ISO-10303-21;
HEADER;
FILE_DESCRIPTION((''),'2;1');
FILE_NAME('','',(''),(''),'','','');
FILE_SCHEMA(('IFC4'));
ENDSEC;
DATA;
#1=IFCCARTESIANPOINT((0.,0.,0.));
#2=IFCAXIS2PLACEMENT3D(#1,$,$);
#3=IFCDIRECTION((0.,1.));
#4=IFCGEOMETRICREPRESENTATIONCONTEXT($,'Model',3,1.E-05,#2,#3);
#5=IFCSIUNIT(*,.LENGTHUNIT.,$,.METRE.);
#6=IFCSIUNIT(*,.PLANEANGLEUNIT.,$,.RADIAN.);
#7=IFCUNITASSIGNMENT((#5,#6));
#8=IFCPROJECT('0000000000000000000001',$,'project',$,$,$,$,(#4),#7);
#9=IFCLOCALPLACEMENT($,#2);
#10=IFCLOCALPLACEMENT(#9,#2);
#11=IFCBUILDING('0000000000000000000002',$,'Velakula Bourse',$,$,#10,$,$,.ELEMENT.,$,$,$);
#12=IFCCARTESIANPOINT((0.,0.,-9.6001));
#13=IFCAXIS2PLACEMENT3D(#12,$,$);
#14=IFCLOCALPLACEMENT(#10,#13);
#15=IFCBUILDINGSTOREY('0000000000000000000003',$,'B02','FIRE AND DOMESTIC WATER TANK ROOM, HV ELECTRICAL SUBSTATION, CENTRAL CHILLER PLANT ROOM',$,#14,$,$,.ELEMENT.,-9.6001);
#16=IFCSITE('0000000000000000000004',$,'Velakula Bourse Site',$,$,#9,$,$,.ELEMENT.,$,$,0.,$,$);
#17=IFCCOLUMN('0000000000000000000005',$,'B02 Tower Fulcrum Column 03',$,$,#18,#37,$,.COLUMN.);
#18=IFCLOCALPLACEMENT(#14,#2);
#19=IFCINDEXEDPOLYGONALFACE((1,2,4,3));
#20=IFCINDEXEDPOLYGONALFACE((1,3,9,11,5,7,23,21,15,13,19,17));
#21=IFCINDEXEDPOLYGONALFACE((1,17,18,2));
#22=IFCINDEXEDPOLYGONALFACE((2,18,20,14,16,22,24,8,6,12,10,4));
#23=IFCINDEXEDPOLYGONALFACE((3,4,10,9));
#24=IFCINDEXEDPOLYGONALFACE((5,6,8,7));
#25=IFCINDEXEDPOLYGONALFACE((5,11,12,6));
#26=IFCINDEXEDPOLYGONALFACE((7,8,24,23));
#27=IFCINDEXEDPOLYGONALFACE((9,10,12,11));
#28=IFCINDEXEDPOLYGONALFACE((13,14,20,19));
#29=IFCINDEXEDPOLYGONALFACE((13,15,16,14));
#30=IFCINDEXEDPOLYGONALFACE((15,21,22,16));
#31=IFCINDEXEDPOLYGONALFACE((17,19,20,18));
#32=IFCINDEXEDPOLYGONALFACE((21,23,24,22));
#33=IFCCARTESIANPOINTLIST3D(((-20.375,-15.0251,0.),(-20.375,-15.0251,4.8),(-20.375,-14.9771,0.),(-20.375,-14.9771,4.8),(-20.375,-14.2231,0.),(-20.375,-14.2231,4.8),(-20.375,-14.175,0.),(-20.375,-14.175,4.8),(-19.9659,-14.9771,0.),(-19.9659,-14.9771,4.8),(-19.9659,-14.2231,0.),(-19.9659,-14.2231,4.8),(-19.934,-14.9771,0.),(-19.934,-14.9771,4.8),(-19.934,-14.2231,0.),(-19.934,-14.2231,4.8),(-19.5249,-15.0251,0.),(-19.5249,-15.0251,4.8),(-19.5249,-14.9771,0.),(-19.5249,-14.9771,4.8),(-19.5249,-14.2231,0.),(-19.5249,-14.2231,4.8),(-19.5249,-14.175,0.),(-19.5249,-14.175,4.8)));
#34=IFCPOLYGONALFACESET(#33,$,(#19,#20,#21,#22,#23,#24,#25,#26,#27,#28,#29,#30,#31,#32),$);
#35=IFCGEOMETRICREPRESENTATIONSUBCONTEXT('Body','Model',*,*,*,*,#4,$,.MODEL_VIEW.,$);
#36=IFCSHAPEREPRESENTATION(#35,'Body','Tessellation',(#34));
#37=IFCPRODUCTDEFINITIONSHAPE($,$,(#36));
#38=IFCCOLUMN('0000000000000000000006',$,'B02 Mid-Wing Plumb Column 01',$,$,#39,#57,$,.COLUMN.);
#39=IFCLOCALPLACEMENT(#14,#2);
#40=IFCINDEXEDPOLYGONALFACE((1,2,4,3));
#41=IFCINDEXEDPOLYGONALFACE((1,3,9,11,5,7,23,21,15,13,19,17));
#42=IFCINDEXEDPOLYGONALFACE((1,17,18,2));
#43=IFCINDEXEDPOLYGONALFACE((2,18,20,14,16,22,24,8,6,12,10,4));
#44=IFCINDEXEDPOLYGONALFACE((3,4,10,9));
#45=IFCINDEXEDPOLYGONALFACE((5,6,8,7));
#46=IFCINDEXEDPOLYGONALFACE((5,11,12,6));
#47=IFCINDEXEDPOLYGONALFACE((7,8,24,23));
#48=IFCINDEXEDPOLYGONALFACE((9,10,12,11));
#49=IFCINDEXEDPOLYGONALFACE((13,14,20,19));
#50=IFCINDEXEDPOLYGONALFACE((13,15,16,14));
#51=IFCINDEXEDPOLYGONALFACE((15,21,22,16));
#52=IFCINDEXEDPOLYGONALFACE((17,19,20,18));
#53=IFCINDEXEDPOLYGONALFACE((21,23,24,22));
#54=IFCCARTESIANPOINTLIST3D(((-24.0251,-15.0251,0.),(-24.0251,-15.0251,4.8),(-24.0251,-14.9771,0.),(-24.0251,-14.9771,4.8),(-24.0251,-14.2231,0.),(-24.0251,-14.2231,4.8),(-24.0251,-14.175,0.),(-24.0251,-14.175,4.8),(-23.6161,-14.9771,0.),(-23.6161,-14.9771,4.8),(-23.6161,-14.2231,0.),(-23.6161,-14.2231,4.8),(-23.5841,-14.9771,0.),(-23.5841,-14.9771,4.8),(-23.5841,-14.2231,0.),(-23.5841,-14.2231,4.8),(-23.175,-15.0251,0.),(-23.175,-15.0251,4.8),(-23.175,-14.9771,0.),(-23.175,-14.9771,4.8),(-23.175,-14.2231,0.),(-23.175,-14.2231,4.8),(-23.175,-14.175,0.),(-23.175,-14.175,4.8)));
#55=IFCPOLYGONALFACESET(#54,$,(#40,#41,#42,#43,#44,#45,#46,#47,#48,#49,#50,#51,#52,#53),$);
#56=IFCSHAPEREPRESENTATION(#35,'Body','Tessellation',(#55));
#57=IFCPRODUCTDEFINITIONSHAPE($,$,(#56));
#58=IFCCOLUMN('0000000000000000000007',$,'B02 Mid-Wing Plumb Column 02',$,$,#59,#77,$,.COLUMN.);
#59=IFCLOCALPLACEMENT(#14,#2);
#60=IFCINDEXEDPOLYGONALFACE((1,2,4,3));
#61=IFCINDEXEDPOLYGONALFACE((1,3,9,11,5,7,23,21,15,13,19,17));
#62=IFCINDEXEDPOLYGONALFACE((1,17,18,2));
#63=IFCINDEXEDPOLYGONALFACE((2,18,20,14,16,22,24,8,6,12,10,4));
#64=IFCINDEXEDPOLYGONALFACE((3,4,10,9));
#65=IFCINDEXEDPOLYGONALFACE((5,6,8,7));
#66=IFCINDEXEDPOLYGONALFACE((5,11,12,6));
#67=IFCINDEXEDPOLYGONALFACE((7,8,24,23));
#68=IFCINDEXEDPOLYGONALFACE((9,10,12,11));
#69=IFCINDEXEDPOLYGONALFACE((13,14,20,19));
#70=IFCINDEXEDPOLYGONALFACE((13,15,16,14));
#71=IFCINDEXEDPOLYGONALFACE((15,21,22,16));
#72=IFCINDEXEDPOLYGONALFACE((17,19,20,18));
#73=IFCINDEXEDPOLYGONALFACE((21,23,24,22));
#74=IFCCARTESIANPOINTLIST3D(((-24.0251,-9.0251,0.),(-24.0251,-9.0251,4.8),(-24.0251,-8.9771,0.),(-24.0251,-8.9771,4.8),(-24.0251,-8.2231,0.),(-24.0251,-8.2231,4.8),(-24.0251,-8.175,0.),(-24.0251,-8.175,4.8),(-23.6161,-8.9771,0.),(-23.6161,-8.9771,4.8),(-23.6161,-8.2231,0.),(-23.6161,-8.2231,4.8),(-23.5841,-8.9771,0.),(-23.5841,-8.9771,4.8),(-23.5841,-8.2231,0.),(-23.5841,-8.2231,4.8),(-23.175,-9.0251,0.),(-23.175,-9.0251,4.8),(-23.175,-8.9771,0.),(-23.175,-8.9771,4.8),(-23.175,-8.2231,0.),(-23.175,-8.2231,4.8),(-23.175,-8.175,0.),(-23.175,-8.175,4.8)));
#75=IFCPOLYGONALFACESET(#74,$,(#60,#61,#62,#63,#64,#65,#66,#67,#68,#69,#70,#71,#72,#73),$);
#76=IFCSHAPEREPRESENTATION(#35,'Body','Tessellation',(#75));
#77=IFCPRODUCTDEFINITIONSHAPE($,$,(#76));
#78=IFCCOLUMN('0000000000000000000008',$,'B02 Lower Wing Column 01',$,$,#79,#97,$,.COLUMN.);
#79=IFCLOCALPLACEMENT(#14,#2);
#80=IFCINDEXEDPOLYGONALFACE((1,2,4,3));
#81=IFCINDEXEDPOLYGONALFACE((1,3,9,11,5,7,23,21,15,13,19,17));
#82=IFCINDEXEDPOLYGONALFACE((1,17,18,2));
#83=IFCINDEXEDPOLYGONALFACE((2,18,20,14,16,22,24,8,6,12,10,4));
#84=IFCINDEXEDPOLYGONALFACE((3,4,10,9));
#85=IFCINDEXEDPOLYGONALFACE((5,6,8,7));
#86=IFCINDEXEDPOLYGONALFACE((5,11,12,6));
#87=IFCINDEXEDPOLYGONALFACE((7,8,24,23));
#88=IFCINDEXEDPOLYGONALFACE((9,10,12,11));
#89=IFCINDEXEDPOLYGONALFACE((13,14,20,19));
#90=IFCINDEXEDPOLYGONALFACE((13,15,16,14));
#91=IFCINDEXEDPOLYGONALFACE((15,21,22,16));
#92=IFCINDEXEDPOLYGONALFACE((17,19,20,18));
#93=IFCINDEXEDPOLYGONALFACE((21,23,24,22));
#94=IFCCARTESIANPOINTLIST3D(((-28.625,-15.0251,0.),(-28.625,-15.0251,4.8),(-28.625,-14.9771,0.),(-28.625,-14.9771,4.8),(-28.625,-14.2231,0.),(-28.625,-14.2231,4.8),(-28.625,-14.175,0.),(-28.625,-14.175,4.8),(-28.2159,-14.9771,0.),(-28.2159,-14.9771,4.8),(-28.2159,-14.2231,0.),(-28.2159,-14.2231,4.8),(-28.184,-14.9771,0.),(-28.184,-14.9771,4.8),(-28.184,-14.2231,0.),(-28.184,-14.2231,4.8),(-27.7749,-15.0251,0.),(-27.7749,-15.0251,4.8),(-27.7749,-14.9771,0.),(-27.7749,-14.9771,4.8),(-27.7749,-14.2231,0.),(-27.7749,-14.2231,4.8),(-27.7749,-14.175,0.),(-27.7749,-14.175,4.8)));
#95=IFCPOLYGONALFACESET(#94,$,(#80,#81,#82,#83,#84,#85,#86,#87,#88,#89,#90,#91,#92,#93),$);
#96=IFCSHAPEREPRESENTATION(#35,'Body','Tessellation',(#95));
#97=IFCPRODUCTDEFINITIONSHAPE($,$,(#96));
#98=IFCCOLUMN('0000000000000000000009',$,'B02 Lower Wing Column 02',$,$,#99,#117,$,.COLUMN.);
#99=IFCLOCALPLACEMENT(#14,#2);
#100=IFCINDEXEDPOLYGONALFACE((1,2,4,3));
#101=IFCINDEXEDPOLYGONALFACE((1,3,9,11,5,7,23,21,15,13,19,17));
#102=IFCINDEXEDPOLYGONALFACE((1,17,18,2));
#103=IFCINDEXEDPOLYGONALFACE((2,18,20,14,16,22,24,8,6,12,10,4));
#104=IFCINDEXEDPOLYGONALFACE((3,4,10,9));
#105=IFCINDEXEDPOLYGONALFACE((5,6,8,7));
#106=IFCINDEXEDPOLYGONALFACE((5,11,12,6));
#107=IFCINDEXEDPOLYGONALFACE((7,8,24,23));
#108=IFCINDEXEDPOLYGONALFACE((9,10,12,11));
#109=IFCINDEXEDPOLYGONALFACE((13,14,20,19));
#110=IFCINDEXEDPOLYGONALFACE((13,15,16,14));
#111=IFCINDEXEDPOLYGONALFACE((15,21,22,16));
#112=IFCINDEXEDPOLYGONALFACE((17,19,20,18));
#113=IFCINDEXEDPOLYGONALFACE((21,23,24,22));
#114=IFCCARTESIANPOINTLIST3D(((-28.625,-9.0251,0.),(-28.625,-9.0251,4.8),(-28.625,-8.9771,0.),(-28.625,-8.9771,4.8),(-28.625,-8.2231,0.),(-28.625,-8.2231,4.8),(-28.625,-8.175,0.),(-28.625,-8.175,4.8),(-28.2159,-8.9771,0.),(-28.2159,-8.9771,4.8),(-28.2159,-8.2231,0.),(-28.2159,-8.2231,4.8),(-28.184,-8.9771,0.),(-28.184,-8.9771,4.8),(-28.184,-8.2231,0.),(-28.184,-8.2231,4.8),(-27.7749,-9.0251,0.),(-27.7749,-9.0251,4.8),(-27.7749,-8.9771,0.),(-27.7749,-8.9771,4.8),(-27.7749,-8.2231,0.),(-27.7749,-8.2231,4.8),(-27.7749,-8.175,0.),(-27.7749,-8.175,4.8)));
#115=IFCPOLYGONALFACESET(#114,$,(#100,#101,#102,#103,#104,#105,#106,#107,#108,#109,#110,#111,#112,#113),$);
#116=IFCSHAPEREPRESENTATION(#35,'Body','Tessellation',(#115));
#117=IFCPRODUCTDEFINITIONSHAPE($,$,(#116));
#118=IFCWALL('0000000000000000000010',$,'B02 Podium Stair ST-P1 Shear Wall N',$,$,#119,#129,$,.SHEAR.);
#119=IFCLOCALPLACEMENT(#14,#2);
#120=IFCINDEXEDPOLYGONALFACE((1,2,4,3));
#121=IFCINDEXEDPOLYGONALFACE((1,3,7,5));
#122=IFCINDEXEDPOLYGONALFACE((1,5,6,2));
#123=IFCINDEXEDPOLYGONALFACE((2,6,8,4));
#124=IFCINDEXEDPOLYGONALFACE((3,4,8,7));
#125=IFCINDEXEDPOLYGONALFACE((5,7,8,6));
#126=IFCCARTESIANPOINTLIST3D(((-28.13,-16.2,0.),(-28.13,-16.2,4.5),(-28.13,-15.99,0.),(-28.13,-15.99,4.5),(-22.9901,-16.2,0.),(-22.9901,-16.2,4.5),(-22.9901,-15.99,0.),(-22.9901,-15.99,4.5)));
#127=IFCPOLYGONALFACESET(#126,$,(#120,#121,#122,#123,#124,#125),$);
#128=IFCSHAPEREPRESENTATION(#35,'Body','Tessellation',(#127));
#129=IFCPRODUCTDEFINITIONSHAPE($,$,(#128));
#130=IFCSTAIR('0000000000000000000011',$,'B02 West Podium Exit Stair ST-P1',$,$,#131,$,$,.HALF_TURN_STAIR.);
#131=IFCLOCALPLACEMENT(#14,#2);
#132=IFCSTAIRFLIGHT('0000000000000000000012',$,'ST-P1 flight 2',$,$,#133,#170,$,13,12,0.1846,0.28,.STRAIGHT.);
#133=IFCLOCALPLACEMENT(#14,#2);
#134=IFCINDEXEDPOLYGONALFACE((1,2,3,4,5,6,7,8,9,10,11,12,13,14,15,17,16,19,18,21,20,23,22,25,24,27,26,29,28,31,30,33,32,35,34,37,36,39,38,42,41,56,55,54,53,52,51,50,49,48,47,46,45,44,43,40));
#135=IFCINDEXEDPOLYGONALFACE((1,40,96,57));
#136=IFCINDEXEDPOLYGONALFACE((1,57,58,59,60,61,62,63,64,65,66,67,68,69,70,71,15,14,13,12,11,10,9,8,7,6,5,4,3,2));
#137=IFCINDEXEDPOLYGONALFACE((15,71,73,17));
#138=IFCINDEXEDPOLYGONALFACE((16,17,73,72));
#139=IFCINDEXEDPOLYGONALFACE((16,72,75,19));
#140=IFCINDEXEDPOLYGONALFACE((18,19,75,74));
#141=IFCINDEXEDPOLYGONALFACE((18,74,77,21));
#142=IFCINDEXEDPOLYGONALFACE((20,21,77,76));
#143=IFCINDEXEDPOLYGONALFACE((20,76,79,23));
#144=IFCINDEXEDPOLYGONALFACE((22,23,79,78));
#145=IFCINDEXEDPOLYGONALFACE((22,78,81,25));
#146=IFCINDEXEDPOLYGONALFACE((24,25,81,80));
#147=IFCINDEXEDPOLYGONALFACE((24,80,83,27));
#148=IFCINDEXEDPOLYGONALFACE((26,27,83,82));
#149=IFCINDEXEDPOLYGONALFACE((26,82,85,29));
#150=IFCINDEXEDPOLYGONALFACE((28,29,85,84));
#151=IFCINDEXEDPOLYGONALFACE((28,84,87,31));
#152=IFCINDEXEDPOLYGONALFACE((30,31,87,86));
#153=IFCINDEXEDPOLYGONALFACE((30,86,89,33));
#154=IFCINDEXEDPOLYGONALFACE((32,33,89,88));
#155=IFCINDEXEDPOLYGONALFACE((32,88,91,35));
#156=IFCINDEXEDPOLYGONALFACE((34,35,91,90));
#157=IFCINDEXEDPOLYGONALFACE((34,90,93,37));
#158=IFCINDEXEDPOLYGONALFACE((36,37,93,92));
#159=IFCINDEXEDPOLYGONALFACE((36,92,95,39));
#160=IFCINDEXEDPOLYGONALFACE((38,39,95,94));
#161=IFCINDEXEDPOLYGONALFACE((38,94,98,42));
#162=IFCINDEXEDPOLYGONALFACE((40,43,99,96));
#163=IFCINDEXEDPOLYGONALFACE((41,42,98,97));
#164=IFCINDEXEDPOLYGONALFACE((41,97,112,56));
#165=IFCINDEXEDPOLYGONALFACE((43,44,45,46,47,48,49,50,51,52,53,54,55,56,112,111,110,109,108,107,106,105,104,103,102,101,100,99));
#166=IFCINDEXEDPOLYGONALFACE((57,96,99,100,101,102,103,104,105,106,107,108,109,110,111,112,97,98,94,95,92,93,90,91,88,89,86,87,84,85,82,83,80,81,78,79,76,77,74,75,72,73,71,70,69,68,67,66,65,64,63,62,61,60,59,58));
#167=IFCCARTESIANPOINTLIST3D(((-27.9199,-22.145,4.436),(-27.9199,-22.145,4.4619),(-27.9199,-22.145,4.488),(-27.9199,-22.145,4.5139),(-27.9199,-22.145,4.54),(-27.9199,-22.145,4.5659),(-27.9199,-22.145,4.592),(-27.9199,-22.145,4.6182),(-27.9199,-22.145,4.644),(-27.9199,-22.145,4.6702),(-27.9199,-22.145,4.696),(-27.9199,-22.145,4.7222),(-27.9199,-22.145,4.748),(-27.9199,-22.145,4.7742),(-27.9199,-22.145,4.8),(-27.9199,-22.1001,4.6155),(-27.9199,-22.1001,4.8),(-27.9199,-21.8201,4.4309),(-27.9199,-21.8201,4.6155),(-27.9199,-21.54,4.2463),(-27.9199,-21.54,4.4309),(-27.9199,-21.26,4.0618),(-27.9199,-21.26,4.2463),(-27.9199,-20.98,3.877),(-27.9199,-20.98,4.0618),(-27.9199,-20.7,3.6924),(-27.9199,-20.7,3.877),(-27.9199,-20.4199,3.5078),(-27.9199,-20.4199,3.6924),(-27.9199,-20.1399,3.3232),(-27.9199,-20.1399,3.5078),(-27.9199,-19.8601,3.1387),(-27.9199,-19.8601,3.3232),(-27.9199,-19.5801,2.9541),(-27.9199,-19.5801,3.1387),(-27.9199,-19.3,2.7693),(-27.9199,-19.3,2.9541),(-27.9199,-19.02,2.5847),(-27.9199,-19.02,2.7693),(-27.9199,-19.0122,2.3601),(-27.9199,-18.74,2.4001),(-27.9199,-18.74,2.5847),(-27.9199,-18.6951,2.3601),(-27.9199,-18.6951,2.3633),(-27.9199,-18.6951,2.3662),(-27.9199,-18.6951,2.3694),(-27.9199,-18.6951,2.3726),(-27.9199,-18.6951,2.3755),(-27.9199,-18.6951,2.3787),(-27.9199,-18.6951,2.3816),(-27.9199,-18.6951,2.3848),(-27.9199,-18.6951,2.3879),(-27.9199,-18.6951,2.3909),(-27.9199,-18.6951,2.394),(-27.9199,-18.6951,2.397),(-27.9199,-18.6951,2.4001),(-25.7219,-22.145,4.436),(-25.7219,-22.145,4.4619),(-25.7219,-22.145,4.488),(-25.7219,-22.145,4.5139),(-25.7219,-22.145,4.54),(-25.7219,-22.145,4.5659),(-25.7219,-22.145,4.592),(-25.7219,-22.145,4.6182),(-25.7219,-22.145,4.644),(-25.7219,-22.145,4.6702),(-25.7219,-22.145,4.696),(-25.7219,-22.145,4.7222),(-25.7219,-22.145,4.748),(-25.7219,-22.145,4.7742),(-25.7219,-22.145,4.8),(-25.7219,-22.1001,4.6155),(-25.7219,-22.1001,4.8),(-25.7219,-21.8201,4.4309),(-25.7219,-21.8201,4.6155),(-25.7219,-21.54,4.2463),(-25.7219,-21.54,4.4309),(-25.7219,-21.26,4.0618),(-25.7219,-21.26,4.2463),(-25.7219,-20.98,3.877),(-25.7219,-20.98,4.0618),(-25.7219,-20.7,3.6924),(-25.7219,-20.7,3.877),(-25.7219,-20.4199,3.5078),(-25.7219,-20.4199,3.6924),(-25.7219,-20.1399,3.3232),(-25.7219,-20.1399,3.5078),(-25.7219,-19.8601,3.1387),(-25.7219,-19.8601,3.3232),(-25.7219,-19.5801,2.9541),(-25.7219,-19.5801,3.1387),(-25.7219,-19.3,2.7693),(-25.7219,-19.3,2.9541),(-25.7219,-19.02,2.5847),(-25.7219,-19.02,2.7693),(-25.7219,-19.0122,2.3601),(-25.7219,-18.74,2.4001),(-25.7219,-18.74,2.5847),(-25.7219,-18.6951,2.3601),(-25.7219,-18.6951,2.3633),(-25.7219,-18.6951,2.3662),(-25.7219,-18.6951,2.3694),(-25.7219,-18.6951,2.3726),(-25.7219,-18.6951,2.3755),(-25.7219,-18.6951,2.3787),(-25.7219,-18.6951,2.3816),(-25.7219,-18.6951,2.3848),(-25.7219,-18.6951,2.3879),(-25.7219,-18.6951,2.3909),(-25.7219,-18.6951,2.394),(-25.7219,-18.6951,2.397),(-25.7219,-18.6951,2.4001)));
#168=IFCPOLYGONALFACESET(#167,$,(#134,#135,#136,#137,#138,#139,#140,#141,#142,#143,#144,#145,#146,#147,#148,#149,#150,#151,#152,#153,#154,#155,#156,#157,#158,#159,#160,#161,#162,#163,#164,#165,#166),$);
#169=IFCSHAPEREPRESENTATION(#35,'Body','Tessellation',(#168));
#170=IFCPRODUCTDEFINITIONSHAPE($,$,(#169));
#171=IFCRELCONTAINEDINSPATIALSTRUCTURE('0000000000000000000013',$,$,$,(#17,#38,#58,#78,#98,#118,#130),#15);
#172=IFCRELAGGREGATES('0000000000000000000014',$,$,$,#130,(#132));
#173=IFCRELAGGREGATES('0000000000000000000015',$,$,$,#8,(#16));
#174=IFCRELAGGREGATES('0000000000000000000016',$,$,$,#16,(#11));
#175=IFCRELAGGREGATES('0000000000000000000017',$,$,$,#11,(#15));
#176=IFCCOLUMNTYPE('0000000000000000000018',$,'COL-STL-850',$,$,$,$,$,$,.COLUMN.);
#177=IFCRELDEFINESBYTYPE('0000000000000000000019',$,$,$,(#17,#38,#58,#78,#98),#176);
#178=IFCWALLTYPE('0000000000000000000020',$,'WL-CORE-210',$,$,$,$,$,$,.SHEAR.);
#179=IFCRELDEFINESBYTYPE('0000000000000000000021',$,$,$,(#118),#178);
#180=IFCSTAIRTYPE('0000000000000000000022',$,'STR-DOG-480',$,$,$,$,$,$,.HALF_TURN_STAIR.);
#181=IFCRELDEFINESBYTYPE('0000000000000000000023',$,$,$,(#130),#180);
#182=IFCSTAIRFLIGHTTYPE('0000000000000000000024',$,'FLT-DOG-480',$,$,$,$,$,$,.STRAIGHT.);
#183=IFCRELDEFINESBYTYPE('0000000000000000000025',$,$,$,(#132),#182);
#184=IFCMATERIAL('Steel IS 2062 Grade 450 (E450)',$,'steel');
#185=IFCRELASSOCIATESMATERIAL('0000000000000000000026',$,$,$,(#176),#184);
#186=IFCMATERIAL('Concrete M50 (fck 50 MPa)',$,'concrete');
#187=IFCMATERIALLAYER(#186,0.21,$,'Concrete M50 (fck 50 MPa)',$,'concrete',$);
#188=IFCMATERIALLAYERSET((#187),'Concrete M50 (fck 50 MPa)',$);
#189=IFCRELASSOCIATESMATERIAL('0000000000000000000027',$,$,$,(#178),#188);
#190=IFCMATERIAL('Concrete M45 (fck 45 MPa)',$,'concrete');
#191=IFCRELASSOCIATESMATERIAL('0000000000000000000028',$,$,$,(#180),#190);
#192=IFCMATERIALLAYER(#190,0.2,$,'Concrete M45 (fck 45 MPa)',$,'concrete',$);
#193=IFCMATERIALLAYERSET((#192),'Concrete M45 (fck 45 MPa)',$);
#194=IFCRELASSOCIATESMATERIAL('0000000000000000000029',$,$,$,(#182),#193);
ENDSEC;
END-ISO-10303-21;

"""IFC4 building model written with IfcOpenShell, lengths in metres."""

from ifc_helpers import new_model, si_unit, direction, frame, frame_2d, origin, origin_2d, place, context, subcontext, project, spatial, polyline, rectangle, i_section, outline, extrude, material, layer, layer_set, material_profile, profile_set, type_object, element, aggregate, save


model = new_model("IFC4")

# Units and contexts
model_context = context("Model", 3, precision=1e-05, world=origin(), true_north=direction((0.0, 1.0)))
body_context = subcontext(model_context, "Body", "Model", "MODEL_VIEW")
ifc_project = project(units=[si_unit("LENGTHUNIT", "METRE"), si_unit("PLANEANGLEUNIT", "RADIAN")], contexts=[model_context])

# Site, building, storey
site_placement = place(None, origin())
site = spatial("IfcSite", under=ifc_project, at=site_placement, Name="Velakula Bourse Site", CompositionType="ELEMENT", RefElevation=0.0)
building_placement = place(site_placement, origin())
building = spatial("IfcBuilding", under=site, at=building_placement, Name="Velakula Bourse", CompositionType="ELEMENT")
storey_placement = place(building_placement, frame((0.0, 0.0, -9.6001)))
storey = spatial("IfcBuildingStorey", under=building, at=storey_placement, Name="B02", Description="FIRE AND DOMESTIC WATER TANK ROOM, HV ELECTRICAL SUBSTATION, CENTRAL CHILLER PLANT ROOM", CompositionType="ELEMENT", Elevation=-9.6001)

# Shared definitions
ifc_material_1 = material(Name="Concrete M50 (fck 50 MPa)", Category="concrete")

# Columns
ifc_material_2 = material(Name="Steel IS 2062 Grade 450 (E450)", Category="steel")
ifc_material_profile_1 = material_profile(ifc_material_2, i_section(OverallWidth=0.8501, OverallDepth=0.8501, WebThickness=0.032, FlangeThickness=0.0481, at=origin_2d()), Name="Steel IS 2062 Grade 450 (E450)")
ifc_profile_set_1 = profile_set([ifc_material_profile_1], Name="Steel IS 2062 Grade 450 (E450)")
column_type_1 = type_object("IfcColumnType", Name="COL-STL-850", PredefinedType="COLUMN", material=ifc_profile_set_1)
for number, where, z_axis, x_axis, name in (
    (1, (-19.95, -14.6001, 0.0), (0.0, 0.0, 1.0), (1.0, 0.0, 0.0), "B02 Tower Fulcrum Column 03"),
    (2, (-23.6001, -14.6001, 0.0), (0.0, 0.0, 1.0), (1.0, 0.0, 0.0), "B02 Mid-Wing Plumb Column 01"),
    (3, (-23.6001, -8.6001, 0.0), (0.0, 0.0, 1.0), (1.0, 0.0, 0.0), "B02 Mid-Wing Plumb Column 02"),
    (4, (-28.2, -14.6001, 0.0), (0.0, 0.0, 1.0), (1.0, 0.0, 0.0), "B02 Lower Wing Column 01"),
    (5, (-28.2, -8.6001, 0.0), (0.0, 0.0, 1.0), (1.0, 0.0, 0.0), "B02 Lower Wing Column 02"),
):
    element("IfcColumn", number, at=place(storey_placement, frame(where, z_axis=z_axis, x_axis=x_axis)), inside=storey, type_object=column_type_1, Name=name, PredefinedType="COLUMN", context=body_context, shape_type="SweptSolid", body=[
        extrude(i_section(OverallWidth=0.8501, OverallDepth=0.8501, WebThickness=0.032, FlangeThickness=0.0481, at=origin_2d()), origin(), (0.0, 0.0, 1.0), 4.8),
    ])

# Wall
ifc_layer_1 = layer(ifc_material_1, 0.21, Name="Concrete M50 (fck 50 MPa)", Category="concrete")
ifc_layer_set_1 = layer_set([ifc_layer_1], Name="Concrete M50 (fck 50 MPa)")
wall_type = type_object("IfcWallType", Name="WL-CORE-210", PredefinedType="SHEAR", material=ifc_layer_set_1)
wall_placement = place(storey_placement, frame((-28.1299, -16.095, 0.0), z_axis=(0.0, 0.0, 1.0), x_axis=(1.0, 0.0, 0.0)))
element("IfcWall", 6, at=wall_placement, inside=storey, type_object=wall_type, Name="B02 Podium Stair ST-P1 Shear Wall N", PredefinedType="SHEAR", context=body_context, shape_type="SweptSolid", body=[
    extrude(rectangle(XDim=5.1399, YDim=0.21, at=frame_2d((2.5698, 0.0))), origin(), (0.0, 0.0, 1.0), 4.5),
])

# Stair, stair flight
ifc_material_3 = material(Name="Concrete M45 (fck 45 MPa)", Category="concrete")
stair_type = type_object("IfcStairType", Name="STR-DOG-480", PredefinedType="HALF_TURN_STAIR", material=ifc_material_3)
stair_placement = place(storey_placement, origin())
stair = element("IfcStair", 7, at=stair_placement, inside=storey, type_object=stair_type, Name="B02 West Podium Exit Stair ST-P1", PredefinedType="HALF_TURN_STAIR")
ifc_layer_2 = layer(ifc_material_3, 0.2, Name="Concrete M45 (fck 45 MPa)", Category="concrete")
ifc_layer_set_2 = layer_set([ifc_layer_2], Name="Concrete M45 (fck 45 MPa)")
stair_flight_type = type_object("IfcStairFlightType", Name="FLT-DOG-480", PredefinedType="STRAIGHT", material=ifc_layer_set_2)
stair_flight_placement = place(storey_placement, frame((-26.821, -18.74, 2.4001), z_axis=(0.0, 0.0, 1.0), x_axis=(0.0, -1.0, 0.0)))
stair_flight = element("IfcStairFlight", 8, at=stair_flight_placement, type_object=stair_flight_type, Name="ST-P1 flight 2", NumberOfRisers=13, NumberOfTreads=12, PredefinedType="STRAIGHT", RiserHeight=0.1846, TreadLength=0.28, context=body_context, shape_type="SweptSolid", body=[
    extrude(outline(polyline([(-0.0449, -0.04), (-0.0449, -0.0369), (-0.0449, -0.0339), (-0.0449, -0.0308), (-0.0449, -0.0276), (-0.0449, -0.0247), (-0.0449, -0.0215), (-0.0449, -0.0186), (-0.0449, -0.0154), (-0.0449, -0.0122), (-0.0449, -0.0093), (-0.0449, -0.0061), (-0.0449, -0.0032), (-0.0449, 0.0), (0.0, 0.0), (0.0, 0.1846), (0.28, 0.1846), (0.28, 0.3691), (0.5601, 0.3691), (0.5601, 0.554), (0.8401, 0.554), (0.8401, 0.7385), (1.1201, 0.7385), (1.1201, 0.9231), (1.3999, 0.9231), (1.3999, 1.1077), (1.6799, 1.1077), (1.6799, 1.2922), (1.96, 1.2922), (1.96, 1.4768), (2.24, 1.4768), (2.24, 1.6616), (2.52, 1.6616), (2.52, 1.8462), (2.8, 1.8462), (2.8, 2.0308), (3.0801, 2.0308), (3.0801, 2.2153), (3.3601, 2.2153), (3.3601, 2.3999), (3.405, 2.3999), (3.405, 2.374), (3.405, 2.3479), (3.405, 2.322), (3.405, 2.2959), (3.405, 2.27), (3.405, 2.2439), (3.405, 2.218), (3.405, 2.1919), (3.405, 2.1658), (3.405, 2.1399), (3.405, 2.1138), (3.405, 2.0879), (3.405, 2.0618), (3.405, 2.0359), (0.2722, -0.04), (-0.0449, -0.04)])), frame((0.0, 1.0991, 0.0), z_axis=(0.0, -1.0, 0.0), x_axis=(1.0, 0.0, 0.0)), (0.0, 0.0, 1.0), 2.198),
])
aggregate(stair, [stair_flight])

save(model, "model.ifc")
